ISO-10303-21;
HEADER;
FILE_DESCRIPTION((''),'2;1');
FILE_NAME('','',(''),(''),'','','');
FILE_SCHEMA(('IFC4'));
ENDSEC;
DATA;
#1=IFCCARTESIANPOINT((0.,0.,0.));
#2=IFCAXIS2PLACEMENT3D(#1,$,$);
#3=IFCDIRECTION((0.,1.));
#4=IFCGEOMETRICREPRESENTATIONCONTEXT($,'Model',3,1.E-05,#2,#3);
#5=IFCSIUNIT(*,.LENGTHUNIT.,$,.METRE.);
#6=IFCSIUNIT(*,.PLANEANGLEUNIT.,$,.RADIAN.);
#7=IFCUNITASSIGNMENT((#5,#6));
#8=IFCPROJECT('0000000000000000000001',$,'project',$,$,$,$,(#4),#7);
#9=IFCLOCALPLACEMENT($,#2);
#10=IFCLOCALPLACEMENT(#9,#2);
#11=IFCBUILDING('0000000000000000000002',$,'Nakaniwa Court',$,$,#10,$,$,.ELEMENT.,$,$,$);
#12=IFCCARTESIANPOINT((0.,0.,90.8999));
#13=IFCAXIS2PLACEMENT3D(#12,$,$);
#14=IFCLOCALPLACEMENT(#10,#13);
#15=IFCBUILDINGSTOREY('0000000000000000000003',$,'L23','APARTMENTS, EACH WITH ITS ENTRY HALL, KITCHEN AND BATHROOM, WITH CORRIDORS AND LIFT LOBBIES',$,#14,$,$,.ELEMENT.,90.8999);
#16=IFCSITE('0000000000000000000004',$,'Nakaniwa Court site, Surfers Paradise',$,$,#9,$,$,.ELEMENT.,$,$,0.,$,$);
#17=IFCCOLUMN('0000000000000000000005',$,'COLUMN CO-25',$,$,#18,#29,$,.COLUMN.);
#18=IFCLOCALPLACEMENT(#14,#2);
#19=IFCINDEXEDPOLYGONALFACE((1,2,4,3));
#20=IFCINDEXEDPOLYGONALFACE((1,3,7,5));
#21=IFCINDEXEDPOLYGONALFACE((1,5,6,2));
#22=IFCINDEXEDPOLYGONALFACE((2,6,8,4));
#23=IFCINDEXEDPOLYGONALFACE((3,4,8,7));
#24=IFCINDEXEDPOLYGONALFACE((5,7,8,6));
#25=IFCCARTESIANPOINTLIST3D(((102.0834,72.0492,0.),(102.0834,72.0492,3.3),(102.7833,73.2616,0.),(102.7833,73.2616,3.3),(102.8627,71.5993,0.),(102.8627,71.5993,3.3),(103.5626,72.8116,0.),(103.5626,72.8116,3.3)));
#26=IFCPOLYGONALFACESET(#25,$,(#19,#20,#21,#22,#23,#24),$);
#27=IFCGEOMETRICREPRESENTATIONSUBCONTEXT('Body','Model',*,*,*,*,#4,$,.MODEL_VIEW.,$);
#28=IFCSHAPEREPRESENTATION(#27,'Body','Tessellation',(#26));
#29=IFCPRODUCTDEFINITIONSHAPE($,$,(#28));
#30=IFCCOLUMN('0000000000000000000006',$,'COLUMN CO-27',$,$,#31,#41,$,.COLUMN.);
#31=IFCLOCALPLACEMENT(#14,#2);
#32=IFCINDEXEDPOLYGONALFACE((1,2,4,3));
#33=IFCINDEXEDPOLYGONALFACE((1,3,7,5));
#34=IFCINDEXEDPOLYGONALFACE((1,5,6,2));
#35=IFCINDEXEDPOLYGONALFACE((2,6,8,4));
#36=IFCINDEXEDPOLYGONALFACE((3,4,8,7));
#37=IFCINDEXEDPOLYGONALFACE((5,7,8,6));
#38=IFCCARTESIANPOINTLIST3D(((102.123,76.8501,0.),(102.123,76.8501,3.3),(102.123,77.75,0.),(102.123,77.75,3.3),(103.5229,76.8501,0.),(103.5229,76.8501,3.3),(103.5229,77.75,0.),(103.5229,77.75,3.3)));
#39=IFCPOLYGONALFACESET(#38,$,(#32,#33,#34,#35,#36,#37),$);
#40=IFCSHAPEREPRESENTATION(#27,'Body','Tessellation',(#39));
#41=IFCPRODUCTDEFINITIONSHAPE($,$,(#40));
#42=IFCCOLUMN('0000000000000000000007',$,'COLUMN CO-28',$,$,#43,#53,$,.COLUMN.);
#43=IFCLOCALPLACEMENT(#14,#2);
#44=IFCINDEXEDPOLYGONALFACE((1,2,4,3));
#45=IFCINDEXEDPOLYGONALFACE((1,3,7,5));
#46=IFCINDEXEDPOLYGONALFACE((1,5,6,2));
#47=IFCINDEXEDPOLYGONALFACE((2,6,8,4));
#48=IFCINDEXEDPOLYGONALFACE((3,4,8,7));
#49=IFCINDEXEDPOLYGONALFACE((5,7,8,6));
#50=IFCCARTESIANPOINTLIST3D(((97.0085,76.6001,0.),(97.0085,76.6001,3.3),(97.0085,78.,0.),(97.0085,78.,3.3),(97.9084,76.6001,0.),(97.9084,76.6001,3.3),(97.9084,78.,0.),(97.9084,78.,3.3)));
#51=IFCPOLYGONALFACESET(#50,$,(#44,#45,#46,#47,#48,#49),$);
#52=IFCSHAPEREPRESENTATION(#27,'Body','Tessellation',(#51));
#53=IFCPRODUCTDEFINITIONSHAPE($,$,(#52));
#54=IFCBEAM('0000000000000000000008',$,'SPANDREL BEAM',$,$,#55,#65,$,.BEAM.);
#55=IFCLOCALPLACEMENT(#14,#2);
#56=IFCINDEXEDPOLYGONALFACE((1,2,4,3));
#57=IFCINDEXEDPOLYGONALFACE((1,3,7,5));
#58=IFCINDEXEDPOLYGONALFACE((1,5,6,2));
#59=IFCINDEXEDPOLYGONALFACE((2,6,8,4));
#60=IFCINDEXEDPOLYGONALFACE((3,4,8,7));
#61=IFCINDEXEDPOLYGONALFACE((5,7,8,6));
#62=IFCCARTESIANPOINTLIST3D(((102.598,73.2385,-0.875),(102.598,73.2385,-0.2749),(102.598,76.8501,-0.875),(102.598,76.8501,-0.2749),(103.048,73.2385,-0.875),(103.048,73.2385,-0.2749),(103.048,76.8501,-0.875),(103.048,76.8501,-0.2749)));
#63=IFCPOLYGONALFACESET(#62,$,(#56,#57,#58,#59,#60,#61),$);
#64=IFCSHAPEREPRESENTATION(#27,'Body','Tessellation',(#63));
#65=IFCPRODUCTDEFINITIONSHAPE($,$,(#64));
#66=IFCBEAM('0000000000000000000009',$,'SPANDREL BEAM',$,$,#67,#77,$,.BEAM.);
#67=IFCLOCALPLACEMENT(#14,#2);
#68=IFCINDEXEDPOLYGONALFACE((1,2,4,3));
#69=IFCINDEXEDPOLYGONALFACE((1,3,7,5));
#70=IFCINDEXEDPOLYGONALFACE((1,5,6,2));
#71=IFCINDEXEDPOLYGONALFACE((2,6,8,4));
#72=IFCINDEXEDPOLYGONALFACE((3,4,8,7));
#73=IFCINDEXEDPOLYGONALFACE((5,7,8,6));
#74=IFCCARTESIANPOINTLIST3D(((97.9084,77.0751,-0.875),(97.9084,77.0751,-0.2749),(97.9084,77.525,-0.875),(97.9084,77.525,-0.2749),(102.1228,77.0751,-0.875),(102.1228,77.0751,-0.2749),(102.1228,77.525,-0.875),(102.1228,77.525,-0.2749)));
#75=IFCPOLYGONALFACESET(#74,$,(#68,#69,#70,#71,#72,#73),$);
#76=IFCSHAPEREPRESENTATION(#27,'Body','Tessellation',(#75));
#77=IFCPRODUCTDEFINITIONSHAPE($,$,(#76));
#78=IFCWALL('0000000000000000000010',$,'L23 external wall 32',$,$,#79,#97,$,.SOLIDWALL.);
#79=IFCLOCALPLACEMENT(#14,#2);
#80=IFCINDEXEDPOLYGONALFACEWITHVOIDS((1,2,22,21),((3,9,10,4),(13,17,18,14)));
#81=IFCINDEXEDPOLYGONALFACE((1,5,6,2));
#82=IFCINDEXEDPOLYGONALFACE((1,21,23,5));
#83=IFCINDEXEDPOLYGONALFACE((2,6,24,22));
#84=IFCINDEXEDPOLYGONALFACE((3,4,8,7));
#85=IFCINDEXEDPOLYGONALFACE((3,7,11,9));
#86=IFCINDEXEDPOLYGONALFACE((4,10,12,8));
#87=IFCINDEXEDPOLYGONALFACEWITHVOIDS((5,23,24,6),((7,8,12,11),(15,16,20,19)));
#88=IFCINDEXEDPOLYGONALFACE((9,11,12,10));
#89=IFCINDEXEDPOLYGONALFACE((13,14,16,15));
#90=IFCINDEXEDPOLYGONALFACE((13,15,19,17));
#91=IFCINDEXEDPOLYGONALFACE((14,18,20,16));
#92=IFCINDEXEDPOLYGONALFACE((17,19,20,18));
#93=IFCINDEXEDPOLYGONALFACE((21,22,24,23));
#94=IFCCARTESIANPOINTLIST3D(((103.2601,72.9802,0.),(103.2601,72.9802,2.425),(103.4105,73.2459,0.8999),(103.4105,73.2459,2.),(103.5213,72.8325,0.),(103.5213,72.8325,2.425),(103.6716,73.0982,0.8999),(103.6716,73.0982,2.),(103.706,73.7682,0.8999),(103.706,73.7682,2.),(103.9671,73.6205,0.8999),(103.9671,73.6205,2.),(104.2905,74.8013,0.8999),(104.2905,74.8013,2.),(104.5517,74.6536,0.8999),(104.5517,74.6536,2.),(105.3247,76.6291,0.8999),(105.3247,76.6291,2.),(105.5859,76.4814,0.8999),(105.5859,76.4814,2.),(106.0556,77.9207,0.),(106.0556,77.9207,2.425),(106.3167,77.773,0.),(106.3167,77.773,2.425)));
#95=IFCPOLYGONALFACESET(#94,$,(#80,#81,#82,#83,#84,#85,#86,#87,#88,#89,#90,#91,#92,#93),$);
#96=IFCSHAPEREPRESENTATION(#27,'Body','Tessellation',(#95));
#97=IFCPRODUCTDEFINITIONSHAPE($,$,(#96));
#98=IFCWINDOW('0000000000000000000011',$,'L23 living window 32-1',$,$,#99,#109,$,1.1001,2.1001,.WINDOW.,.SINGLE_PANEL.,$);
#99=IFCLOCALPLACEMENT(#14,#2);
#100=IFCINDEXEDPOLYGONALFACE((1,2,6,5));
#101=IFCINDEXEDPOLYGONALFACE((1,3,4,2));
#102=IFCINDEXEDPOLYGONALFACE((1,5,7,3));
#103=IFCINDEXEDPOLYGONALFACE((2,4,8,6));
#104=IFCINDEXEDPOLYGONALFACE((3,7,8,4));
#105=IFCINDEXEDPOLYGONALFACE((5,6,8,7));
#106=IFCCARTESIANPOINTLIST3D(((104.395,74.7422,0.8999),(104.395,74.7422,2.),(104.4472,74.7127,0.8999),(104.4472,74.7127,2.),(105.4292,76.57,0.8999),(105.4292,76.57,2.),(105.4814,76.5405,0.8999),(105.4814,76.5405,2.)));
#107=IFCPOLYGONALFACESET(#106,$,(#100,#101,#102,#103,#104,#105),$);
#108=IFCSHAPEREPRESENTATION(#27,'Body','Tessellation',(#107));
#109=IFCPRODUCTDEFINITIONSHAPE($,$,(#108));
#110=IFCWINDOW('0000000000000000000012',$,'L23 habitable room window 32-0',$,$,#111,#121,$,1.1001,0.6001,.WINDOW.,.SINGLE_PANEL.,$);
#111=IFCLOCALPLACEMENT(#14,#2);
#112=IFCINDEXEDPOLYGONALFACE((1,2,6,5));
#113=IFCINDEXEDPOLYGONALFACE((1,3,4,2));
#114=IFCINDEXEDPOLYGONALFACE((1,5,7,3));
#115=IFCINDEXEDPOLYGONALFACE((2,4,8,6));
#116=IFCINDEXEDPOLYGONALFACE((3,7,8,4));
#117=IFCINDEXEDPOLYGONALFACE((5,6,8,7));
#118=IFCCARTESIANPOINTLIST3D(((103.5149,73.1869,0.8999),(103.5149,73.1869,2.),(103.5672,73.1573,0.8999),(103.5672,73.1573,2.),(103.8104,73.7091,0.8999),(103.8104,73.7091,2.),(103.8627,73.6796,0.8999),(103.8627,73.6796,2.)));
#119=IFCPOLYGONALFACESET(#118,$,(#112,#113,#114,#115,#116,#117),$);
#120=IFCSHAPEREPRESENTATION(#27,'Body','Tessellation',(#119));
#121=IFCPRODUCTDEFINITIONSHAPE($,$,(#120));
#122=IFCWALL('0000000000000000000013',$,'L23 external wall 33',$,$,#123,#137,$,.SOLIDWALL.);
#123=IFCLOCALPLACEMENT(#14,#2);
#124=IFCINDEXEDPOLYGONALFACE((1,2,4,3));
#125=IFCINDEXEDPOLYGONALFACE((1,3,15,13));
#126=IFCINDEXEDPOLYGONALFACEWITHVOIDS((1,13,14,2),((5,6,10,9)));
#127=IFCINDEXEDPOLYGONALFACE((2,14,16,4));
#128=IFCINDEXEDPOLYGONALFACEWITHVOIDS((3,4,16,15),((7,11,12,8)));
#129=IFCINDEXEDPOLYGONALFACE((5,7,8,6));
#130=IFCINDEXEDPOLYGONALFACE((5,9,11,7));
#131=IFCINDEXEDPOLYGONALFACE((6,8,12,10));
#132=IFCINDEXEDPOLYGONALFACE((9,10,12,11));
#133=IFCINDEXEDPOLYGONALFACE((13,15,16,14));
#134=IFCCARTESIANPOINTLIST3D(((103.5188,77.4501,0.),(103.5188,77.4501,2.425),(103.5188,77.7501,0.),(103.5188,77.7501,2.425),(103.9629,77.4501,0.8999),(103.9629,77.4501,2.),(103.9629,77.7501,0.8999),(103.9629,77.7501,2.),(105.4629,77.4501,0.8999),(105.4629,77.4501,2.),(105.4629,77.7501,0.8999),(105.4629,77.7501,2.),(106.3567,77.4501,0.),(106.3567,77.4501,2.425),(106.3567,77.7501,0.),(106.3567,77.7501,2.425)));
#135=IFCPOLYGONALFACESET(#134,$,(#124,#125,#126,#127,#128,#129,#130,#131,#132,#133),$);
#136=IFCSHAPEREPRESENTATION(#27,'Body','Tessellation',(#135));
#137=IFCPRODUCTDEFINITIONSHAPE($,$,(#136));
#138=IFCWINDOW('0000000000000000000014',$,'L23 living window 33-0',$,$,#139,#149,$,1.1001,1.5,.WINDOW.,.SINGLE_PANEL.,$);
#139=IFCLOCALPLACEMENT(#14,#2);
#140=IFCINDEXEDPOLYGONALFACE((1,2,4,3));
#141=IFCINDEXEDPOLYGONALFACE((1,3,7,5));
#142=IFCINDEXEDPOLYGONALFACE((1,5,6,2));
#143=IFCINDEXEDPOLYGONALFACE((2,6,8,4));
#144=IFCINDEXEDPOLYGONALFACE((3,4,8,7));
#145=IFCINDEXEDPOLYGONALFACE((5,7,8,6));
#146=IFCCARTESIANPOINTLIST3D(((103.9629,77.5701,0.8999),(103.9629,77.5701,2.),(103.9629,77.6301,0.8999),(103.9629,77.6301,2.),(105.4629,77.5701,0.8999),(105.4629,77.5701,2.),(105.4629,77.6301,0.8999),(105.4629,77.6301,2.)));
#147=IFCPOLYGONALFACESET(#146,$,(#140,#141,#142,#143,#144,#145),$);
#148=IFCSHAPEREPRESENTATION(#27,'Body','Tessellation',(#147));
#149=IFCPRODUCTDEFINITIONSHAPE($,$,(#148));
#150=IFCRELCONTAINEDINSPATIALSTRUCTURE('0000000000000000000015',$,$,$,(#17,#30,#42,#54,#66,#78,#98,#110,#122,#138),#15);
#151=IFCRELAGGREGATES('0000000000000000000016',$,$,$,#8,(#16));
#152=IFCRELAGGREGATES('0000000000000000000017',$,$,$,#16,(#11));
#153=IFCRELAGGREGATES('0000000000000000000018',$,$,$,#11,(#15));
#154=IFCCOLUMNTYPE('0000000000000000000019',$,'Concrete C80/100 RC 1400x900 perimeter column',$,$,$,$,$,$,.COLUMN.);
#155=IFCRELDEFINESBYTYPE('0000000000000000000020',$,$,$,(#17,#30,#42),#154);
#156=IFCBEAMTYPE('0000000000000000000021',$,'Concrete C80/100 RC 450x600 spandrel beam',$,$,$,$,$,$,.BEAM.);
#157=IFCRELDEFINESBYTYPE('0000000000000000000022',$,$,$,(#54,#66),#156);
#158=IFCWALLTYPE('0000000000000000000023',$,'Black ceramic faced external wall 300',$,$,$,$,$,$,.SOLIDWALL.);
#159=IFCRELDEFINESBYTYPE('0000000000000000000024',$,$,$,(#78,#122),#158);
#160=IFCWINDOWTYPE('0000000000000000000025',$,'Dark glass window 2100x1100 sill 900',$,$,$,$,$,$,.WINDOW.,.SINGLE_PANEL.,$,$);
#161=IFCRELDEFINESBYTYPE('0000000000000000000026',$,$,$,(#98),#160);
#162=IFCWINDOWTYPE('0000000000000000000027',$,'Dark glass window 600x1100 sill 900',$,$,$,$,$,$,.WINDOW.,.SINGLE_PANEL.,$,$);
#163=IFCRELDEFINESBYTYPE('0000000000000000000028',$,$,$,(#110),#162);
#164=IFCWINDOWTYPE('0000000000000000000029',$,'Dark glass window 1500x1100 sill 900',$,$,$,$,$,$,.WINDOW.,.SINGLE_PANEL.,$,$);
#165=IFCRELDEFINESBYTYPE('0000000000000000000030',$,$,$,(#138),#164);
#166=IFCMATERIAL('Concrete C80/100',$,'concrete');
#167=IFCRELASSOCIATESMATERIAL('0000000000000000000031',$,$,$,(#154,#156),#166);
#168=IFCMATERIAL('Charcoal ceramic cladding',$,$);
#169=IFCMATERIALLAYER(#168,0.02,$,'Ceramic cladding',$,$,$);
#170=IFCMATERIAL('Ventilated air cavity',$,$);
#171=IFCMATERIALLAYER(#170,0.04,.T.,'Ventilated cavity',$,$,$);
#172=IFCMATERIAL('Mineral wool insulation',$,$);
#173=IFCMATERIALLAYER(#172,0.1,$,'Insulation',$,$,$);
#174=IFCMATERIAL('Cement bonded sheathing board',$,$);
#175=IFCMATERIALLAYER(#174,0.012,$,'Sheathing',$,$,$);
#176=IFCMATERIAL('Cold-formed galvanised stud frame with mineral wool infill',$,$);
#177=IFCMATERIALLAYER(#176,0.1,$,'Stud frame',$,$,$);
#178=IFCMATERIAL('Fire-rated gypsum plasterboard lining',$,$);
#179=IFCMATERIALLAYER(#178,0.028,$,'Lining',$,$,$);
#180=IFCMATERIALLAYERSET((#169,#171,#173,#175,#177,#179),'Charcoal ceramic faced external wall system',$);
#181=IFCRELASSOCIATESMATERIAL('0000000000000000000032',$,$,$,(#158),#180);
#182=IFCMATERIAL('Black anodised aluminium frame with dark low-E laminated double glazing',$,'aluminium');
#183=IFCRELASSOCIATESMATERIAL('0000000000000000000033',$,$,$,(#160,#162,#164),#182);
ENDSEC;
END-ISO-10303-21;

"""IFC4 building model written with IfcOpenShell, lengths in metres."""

from ifc_helpers import new_model, si_unit, direction, frame, frame_2d, origin, origin_2d, place, context, subcontext, project, spatial, rectangle, extrude, material, layer, layer_set, material_profile, profile_set, type_object, element, fill, save


model = new_model("IFC4")

# Units and contexts
model_context = context("Model", 3, precision=1e-05, world=origin(), true_north=direction((0.0, 1.0)))
body_context = subcontext(model_context, "Body", "Model", "MODEL_VIEW")
ifc_project = project(units=[si_unit("LENGTHUNIT", "METRE"), si_unit("PLANEANGLEUNIT", "RADIAN")], contexts=[model_context])

# Site, building, storey
site_placement = place(None, origin())
site = spatial("IfcSite", under=ifc_project, at=site_placement, Name="Nakaniwa Court site, Surfers Paradise", CompositionType="ELEMENT", RefElevation=0.0)
building_placement = place(site_placement, origin())
building = spatial("IfcBuilding", under=site, at=building_placement, Name="Nakaniwa Court", CompositionType="ELEMENT")
storey_placement = place(building_placement, frame((0.0, 0.0, 90.8999)))
storey = spatial("IfcBuildingStorey", under=building, at=storey_placement, Name="L23", Description="APARTMENTS, EACH WITH ITS ENTRY HALL, KITCHEN AND BATHROOM, WITH CORRIDORS AND LIFT LOBBIES", CompositionType="ELEMENT", Elevation=90.8999)

# Columns
ifc_material_1 = material(Name="Concrete C80/100", Category="concrete")
ifc_material_profile_1 = material_profile(ifc_material_1, rectangle(XDim=1.3999, YDim=0.8999, at=origin_2d()), Name="Concrete C80/100 RC 1400x900 perimeter column")
ifc_profile_set_1 = profile_set([ifc_material_profile_1], Name="Concrete C80/100")
column_type = type_object("IfcColumnType", Name="Concrete C80/100 RC 1400x900 perimeter column", PredefinedType="COLUMN", material=ifc_profile_set_1)
for number, where, z_axis, x_axis, name in (
    (1, (102.823, 72.4304, 0.0), (0.0, 0.0, 1.0), (0.5, 0.866025, 0.0), "COLUMN CO-25"),
    (2, (102.823, 77.3, 0.0), (0.0, 0.0, 1.0), (-1.0, 0.0, 0.0), "COLUMN CO-27"),
    (3, (97.4585, 77.3, 0.0), (0.0, 0.0, 1.0), (0.0, 1.0, 0.0), "COLUMN CO-28"),
):
    element("IfcColumn", number, at=place(storey_placement, frame(where, z_axis=z_axis, x_axis=x_axis)), inside=storey, type_object=column_type, Name=name, PredefinedType="COLUMN", context=body_context, shape_type="SweptSolid", body=[
        extrude(rectangle(XDim=1.3999, YDim=0.8999, at=origin_2d()), origin(), (0.0, 0.0, 1.0), 3.3),
    ])

# Beams
ifc_material_profile_2 = material_profile(ifc_material_1, rectangle(XDim=0.45, YDim=0.6001, at=origin_2d()), Name="Concrete C80/100 RC 450x600 spandrel beam")
ifc_profile_set_2 = profile_set([ifc_material_profile_2], Name="Concrete C80/100")
beam_type = type_object("IfcBeamType", Name="Concrete C80/100 RC 450x600 spandrel beam", PredefinedType="BEAM", material=ifc_profile_set_2)
beam_1_placement = place(storey_placement, frame((102.823, 73.2385, -0.575), z_axis=(0.0, 1.0, 0.0), x_axis=(-1.0, 0.0, 0.0)))
element("IfcBeam", 4, at=beam_1_placement, inside=storey, type_object=beam_type, Name="SPANDREL BEAM", PredefinedType="BEAM", context=body_context, shape_type="SweptSolid", body=[
    extrude(rectangle(XDim=0.45, YDim=0.6001, at=origin_2d()), origin(), (0.0, 0.0, 1.0), 3.6116),
])
beam_2_placement = place(storey_placement, frame((102.1228, 77.3, -0.575), z_axis=(-1.0, 0.0, 0.0), x_axis=(0.0, -1.0, 0.0)))
element("IfcBeam", 5, at=beam_2_placement, inside=storey, type_object=beam_type, Name="SPANDREL BEAM", PredefinedType="BEAM", context=body_context, shape_type="SweptSolid", body=[
    extrude(rectangle(XDim=0.45, YDim=0.6001, at=origin_2d()), origin(), (0.0, 0.0, 1.0), 4.2144),
])

# Wall, openings, windows
ifc_material_2 = material(Name="Charcoal ceramic cladding")
ifc_layer_1 = layer(ifc_material_2, 0.02, Name="Ceramic cladding")
ifc_material_3 = material(Name="Ventilated air cavity")
ifc_layer_2 = layer(ifc_material_3, 0.04, ventilated=True, Name="Ventilated cavity")
ifc_material_4 = material(Name="Mineral wool insulation")
ifc_layer_3 = layer(ifc_material_4, 0.1, Name="Insulation")
ifc_material_5 = material(Name="Cement bonded sheathing board")
ifc_layer_4 = layer(ifc_material_5, 0.012, Name="Sheathing")
ifc_material_6 = material(Name="Cold-formed galvanised stud frame with mineral wool infill")
ifc_layer_5 = layer(ifc_material_6, 0.1, Name="Stud frame")
ifc_material_7 = material(Name="Fire-rated gypsum plasterboard lining")
ifc_layer_6 = layer(ifc_material_7, 0.028, Name="Lining")
ifc_layer_set = layer_set([ifc_layer_1, ifc_layer_2, ifc_layer_3, ifc_layer_4, ifc_layer_5, ifc_layer_6], Name="Charcoal ceramic faced external wall system")
wall_type = type_object("IfcWallType", Name="Black ceramic faced external wall 300", PredefinedType="SOLIDWALL", material=ifc_layer_set)
wall_1_placement = place(storey_placement, frame((103.3906, 72.9062, 0.0), z_axis=(0.0, 0.0, 1.0), x_axis=(0.492457, 0.870337, 0.0)))
wall_1 = element("IfcWall", 6, at=wall_1_placement, inside=storey, type_object=wall_type, Name="L23 external wall 32", PredefinedType="SOLIDWALL", context=body_context, shape_type="SweptSolid", body=[
    extrude(rectangle(XDim=5.6765, YDim=0.3, at=frame_2d((2.8384, 0.0))), origin(), (0.0, 0.0, 1.0), 2.425),
])
opening_1_placement = place(wall_1_placement, frame((0.3054, 0.0, 0.8999)))
opening_1 = element("IfcOpeningElement", 7, at=opening_1_placement, cuts=wall_1, PredefinedType="OPENING", context=body_context, shape_type="SweptSolid", body=[
    extrude(rectangle(XDim=0.6001, YDim=1.1001, at=frame_2d((0.3, 0.55))), frame((0.0, 0.1599, 0.0), z_axis=(0.0, -1.0, 0.0), x_axis=(1.0, 0.0, 0.0)), (0.0, 0.0, 1.0), 0.3201),
])
opening_2_placement = place(wall_1_placement, frame((2.0925, 0.0, 0.8999)))
opening_2 = element("IfcOpeningElement", 8, at=opening_2_placement, cuts=wall_1, PredefinedType="OPENING", context=body_context, shape_type="SweptSolid", body=[
    extrude(rectangle(XDim=2.1001, YDim=1.1001, at=frame_2d((1.05, 0.55))), frame((0.0, 0.1599, 0.0), z_axis=(0.0, -1.0, 0.0), x_axis=(1.0, 0.0, 0.0)), (0.0, 0.0, 1.0), 0.3201),
])
ifc_material_8 = material(Name="Black anodised aluminium frame with dark low-E laminated double glazing", Category="aluminium")
window_type_1 = type_object("IfcWindowType", Name="Dark glass window 2100x1100 sill 900", PartitioningType="SINGLE_PANEL", PredefinedType="WINDOW", material=ifc_material_8)
window_1_placement = place(opening_2_placement, origin())
window_1 = element("IfcWindow", 9, at=window_1_placement, inside=storey, type_object=window_type_1, Name="L23 living window 32-1", OverallHeight=1.1001, OverallWidth=2.1001, PartitioningType="SINGLE_PANEL", PredefinedType="WINDOW", context=body_context, shape_type="SweptSolid", body=[
    extrude(rectangle(XDim=2.1001, YDim=1.1001, at=frame_2d((1.05, 0.55))), frame((0.0, 0.03, 0.0), z_axis=(0.0, -1.0, 0.0), x_axis=(1.0, 0.0, 0.0)), (0.0, 0.0, 1.0), 0.0601),
])
fill(opening_2, window_1)
window_type_2 = type_object("IfcWindowType", Name="Dark glass window 600x1100 sill 900", PartitioningType="SINGLE_PANEL", PredefinedType="WINDOW", material=ifc_material_8)
window_2_placement = place(opening_1_placement, origin())
window_2 = element("IfcWindow", 10, at=window_2_placement, inside=storey, type_object=window_type_2, Name="L23 habitable room window 32-0", OverallHeight=1.1001, OverallWidth=0.6001, PartitioningType="SINGLE_PANEL", PredefinedType="WINDOW", context=body_context, shape_type="SweptSolid", body=[
    extrude(rectangle(XDim=0.6001, YDim=1.1001, at=frame_2d((0.3, 0.55))), frame((0.0, 0.03, 0.0), z_axis=(0.0, -1.0, 0.0), x_axis=(1.0, 0.0, 0.0)), (0.0, 0.0, 1.0), 0.0601),
])
fill(opening_1, window_2)

# Wall, opening, window
wall_2_placement = place(storey_placement, frame((106.3567, 77.6001, 0.0), z_axis=(0.0, 0.0, 1.0), x_axis=(-1.0, 0.0, 0.0)))
wall_2 = element("IfcWall", 11, at=wall_2_placement, inside=storey, type_object=wall_type, Name="L23 external wall 33", PredefinedType="SOLIDWALL", context=body_context, shape_type="SweptSolid", body=[
    extrude(rectangle(XDim=2.8379, YDim=0.3, at=frame_2d((1.4189, 0.0))), origin(), (0.0, 0.0, 1.0), 2.425),
])
opening_3_placement = place(wall_2_placement, frame((0.8938, 0.0, 0.8999)))
opening_3 = element("IfcOpeningElement", 12, at=opening_3_placement, cuts=wall_2, PredefinedType="OPENING", context=body_context, shape_type="SweptSolid", body=[
    extrude(rectangle(XDim=1.5, YDim=1.1001, at=frame_2d((0.75, 0.55))), frame((0.0, 0.1599, 0.0), z_axis=(0.0, -1.0, 0.0), x_axis=(1.0, 0.0, 0.0)), (0.0, 0.0, 1.0), 0.3201),
])
window_type_3 = type_object("IfcWindowType", Name="Dark glass window 1500x1100 sill 900", PartitioningType="SINGLE_PANEL", PredefinedType="WINDOW", material=ifc_material_8)
window_3_placement = place(opening_3_placement, origin())
window_3 = element("IfcWindow", 13, at=window_3_placement, inside=storey, type_object=window_type_3, Name="L23 living window 33-0", OverallHeight=1.1001, OverallWidth=1.5, PartitioningType="SINGLE_PANEL", PredefinedType="WINDOW", context=body_context, shape_type="SweptSolid", body=[
    extrude(rectangle(XDim=1.5, YDim=1.1001, at=frame_2d((0.75, 0.55))), frame((0.0, 0.03, 0.0), z_axis=(0.0, -1.0, 0.0), x_axis=(1.0, 0.0, 0.0)), (0.0, 0.0, 1.0), 0.0601),
])
fill(opening_3, window_3)

save(model, "model.ifc")
